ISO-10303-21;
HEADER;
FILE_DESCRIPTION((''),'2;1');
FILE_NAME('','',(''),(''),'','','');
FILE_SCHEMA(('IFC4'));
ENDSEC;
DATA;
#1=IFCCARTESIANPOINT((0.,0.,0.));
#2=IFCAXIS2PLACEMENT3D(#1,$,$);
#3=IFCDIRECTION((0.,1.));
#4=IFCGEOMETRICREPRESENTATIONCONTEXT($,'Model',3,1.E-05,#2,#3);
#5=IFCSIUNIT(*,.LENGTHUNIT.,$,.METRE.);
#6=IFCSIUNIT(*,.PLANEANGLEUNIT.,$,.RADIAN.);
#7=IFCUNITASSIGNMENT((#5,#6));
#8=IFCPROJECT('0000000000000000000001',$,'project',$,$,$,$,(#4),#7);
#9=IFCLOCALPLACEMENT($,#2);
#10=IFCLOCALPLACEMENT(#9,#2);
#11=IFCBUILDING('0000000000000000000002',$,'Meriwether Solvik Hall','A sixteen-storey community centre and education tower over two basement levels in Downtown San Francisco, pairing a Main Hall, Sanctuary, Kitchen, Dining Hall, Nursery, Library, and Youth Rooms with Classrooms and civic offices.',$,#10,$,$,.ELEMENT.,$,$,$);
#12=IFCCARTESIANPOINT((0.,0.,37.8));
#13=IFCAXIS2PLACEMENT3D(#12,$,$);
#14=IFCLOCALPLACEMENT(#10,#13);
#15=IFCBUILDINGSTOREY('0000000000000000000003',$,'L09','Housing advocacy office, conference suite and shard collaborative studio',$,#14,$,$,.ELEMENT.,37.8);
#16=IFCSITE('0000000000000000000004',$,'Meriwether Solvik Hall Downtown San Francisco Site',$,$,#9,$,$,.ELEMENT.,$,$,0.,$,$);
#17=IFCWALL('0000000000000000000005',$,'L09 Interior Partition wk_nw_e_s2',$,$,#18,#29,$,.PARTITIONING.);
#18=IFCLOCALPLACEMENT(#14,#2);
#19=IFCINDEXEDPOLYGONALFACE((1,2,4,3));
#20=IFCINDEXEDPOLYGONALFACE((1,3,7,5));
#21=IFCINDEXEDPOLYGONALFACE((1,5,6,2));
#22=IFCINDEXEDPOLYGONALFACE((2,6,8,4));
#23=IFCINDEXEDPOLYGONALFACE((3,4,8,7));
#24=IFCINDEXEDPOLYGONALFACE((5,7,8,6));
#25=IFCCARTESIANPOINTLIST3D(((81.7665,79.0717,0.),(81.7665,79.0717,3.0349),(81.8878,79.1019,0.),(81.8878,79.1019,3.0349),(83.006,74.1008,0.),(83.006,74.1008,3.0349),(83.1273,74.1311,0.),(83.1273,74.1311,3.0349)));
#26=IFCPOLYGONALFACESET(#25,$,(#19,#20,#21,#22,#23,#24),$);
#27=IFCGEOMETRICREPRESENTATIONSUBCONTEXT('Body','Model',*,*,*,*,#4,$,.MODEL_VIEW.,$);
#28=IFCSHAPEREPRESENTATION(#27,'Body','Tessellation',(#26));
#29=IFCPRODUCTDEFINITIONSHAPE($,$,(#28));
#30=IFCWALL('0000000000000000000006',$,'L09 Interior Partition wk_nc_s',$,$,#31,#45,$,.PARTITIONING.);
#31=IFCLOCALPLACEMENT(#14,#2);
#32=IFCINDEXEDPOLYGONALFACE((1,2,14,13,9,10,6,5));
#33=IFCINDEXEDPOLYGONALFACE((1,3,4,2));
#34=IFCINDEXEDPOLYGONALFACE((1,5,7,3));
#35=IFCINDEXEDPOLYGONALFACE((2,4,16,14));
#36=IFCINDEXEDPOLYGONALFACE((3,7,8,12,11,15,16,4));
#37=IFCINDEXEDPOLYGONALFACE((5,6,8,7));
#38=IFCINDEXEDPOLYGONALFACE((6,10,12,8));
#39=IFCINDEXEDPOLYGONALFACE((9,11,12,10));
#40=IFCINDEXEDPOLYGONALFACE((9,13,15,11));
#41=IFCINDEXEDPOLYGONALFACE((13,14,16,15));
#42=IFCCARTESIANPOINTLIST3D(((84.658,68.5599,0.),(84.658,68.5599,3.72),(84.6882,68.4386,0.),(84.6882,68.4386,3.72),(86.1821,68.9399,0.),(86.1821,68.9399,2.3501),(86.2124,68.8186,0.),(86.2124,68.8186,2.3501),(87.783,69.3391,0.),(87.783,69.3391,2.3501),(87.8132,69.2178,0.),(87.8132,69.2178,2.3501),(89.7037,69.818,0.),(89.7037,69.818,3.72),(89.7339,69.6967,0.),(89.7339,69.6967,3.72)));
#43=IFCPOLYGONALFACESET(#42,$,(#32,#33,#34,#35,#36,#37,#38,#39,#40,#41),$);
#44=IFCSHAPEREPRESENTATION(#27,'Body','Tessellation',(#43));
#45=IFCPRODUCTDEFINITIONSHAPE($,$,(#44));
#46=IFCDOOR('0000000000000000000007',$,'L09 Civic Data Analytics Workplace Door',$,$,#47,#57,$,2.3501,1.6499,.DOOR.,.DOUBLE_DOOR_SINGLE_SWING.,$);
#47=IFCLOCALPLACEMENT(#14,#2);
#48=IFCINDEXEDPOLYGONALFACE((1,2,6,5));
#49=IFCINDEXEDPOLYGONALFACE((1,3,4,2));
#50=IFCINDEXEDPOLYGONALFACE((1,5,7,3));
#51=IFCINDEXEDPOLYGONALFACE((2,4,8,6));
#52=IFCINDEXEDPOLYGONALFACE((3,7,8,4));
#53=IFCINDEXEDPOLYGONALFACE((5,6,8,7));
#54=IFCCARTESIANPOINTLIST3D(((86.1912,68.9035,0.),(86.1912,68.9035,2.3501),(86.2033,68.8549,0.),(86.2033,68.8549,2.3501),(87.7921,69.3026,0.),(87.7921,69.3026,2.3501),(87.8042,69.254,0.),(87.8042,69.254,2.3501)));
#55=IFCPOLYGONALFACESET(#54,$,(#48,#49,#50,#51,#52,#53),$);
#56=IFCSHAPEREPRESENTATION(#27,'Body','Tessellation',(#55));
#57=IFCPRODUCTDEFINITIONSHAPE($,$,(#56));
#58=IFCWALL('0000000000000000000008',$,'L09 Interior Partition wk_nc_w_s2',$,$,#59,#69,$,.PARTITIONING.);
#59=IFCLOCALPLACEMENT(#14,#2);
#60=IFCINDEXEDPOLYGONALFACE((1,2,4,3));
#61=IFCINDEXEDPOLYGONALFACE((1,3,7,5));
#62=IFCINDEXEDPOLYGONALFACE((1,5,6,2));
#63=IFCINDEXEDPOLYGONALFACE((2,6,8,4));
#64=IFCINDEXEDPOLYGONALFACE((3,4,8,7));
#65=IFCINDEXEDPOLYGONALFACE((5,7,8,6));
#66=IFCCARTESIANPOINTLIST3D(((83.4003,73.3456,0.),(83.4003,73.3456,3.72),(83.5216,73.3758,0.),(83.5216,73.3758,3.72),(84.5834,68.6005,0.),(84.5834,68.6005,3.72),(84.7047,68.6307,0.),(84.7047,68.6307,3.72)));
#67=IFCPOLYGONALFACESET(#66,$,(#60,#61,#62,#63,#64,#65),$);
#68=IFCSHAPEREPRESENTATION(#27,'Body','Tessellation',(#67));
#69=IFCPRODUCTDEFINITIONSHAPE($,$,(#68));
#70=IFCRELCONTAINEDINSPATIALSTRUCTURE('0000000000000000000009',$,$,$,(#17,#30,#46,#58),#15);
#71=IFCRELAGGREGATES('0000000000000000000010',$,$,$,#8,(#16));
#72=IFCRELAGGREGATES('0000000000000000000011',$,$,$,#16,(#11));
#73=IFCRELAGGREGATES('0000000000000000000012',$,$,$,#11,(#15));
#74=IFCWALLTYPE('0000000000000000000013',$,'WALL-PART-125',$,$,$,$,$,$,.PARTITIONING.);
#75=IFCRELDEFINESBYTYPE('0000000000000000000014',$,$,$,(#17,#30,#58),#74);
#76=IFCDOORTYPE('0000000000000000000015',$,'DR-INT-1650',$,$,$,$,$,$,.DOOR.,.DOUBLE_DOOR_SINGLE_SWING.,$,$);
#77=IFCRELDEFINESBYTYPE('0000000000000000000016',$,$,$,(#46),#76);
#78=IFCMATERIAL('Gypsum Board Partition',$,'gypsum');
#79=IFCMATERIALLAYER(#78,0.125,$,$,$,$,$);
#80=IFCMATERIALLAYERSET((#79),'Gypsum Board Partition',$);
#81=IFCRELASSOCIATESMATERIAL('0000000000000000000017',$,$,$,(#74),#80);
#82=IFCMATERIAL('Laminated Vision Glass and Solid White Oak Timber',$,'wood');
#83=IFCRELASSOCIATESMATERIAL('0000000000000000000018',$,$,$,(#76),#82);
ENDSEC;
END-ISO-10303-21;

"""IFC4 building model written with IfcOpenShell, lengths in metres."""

from ifc_helpers import new_model, si_unit, direction, frame, frame_2d, origin, place, context, subcontext, project, spatial, rectangle, extrude, material, layer, layer_set, type_object, element, fill, save


model = new_model("IFC4")

# Units and contexts
model_context = context("Model", 3, precision=1e-05, world=origin(), true_north=direction((0.0, 1.0)))
body_context = subcontext(model_context, "Body", "Model", "MODEL_VIEW")
ifc_project = project(units=[si_unit("LENGTHUNIT", "METRE"), si_unit("PLANEANGLEUNIT", "RADIAN")], contexts=[model_context])

# Site, building, storey
site_placement = place(None, origin())
site = spatial("IfcSite", under=ifc_project, at=site_placement, Name="Meriwether Solvik Hall Downtown San Francisco Site", CompositionType="ELEMENT", RefElevation=0.0)
building_placement = place(site_placement, origin())
building = spatial("IfcBuilding", under=site, at=building_placement, Name="Meriwether Solvik Hall", Description="A sixteen-storey community centre and education tower over two basement levels in Downtown San Francisco, pairing a Main Hall, Sanctuary, Kitchen, Dining Hall, Nursery, Library, and Youth Rooms with Classrooms and civic offices.", CompositionType="ELEMENT")
storey_placement = place(building_placement, frame((0.0, 0.0, 37.8)))
storey = spatial("IfcBuildingStorey", under=building, at=storey_placement, Name="L09", Description="Housing advocacy office, conference suite and shard collaborative studio", CompositionType="ELEMENT", Elevation=37.8)

# Wall
ifc_material_1 = material(Name="Gypsum Board Partition", Category="gypsum")
ifc_layer = layer(ifc_material_1, 0.125)
ifc_layer_set = layer_set([ifc_layer], Name="Gypsum Board Partition")
wall_type = type_object("IfcWallType", Name="WALL-PART-125", PredefinedType="PARTITIONING", material=ifc_layer_set)
wall_1_placement = place(storey_placement, frame((83.0667, 74.116, 0.0), z_axis=(0.0, 0.0, 1.0), x_axis=(-0.241941, 0.970291, 0.0)))
element("IfcWall", 1, at=wall_1_placement, inside=storey, type_object=wall_type, Name="L09 Interior Partition wk_nw_e_s2", PredefinedType="PARTITIONING", context=body_context, shape_type="SweptSolid", body=[
    extrude(rectangle(XDim=5.123, YDim=0.125, at=frame_2d((2.5615, 0.0))), origin(), (0.0, 0.0, 1.0), 3.0349),
])

# Wall, opening, door
wall_2_placement = place(storey_placement, frame((84.6731, 68.4993, 0.0), z_axis=(0.0, 0.0, 1.0), x_axis=(0.970294, 0.241928, 0.0)))
wall_2 = element("IfcWall", 2, at=wall_2_placement, inside=storey, type_object=wall_type, Name="L09 Interior Partition wk_nc_s", PredefinedType="PARTITIONING", context=body_context, shape_type="SweptSolid", body=[
    extrude(rectangle(XDim=5.2002, YDim=0.125, at=frame_2d((2.6001, 0.0))), origin(), (0.0, 0.0, 1.0), 3.72),
])
opening_placement = place(wall_2_placement, frame((1.5708, 0.0, 0.0)))
opening = element("IfcOpeningElement", 3, at=opening_placement, cuts=wall_2, PredefinedType="OPENING", context=body_context, shape_type="SweptSolid", body=[
    extrude(rectangle(XDim=1.6499, YDim=2.3501, at=frame_2d((0.825, 1.175))), frame((0.0, 0.0745, 0.0), z_axis=(0.0, -1.0, 0.0), x_axis=(1.0, 0.0, 0.0)), (0.0, 0.0, 1.0), 0.1489),
])
ifc_material_2 = material(Name="Laminated Vision Glass and Solid White Oak Timber", Category="wood")
door_type = type_object("IfcDoorType", Name="DR-INT-1650", OperationType="DOUBLE_DOOR_SINGLE_SWING", PredefinedType="DOOR", material=ifc_material_2)
door_placement = place(opening_placement, origin())
door = element("IfcDoor", 4, at=door_placement, inside=storey, type_object=door_type, Name="L09 Civic Data Analytics Workplace Door", OperationType="DOUBLE_DOOR_SINGLE_SWING", OverallHeight=2.3501, OverallWidth=1.6499, PredefinedType="DOOR", context=body_context, shape_type="SweptSolid", body=[
    extrude(rectangle(XDim=1.6499, YDim=2.3501, at=frame_2d((0.825, 1.175))), frame((0.0, 0.0249, 0.0), z_axis=(0.0, -1.0, 0.0), x_axis=(1.0, 0.0, 0.0)), (0.0, 0.0, 1.0), 0.05),
])
fill(opening, door)

# Wall
wall_3_placement = place(storey_placement, frame((83.4609, 73.3608, 0.0), z_axis=(0.0, 0.0, 1.0), x_axis=(0.241925, -0.970295, 0.0)))
element("IfcWall", 5, at=wall_3_placement, inside=storey, type_object=wall_type, Name="L09 Interior Partition wk_nc_w_s2", PredefinedType="PARTITIONING", context=body_context, shape_type="SweptSolid", body=[
    extrude(rectangle(XDim=4.8904, YDim=0.125, at=frame_2d((2.4453, 0.0))), origin(), (0.0, 0.0, 1.0), 3.72),
])

save(model, "model.ifc")
